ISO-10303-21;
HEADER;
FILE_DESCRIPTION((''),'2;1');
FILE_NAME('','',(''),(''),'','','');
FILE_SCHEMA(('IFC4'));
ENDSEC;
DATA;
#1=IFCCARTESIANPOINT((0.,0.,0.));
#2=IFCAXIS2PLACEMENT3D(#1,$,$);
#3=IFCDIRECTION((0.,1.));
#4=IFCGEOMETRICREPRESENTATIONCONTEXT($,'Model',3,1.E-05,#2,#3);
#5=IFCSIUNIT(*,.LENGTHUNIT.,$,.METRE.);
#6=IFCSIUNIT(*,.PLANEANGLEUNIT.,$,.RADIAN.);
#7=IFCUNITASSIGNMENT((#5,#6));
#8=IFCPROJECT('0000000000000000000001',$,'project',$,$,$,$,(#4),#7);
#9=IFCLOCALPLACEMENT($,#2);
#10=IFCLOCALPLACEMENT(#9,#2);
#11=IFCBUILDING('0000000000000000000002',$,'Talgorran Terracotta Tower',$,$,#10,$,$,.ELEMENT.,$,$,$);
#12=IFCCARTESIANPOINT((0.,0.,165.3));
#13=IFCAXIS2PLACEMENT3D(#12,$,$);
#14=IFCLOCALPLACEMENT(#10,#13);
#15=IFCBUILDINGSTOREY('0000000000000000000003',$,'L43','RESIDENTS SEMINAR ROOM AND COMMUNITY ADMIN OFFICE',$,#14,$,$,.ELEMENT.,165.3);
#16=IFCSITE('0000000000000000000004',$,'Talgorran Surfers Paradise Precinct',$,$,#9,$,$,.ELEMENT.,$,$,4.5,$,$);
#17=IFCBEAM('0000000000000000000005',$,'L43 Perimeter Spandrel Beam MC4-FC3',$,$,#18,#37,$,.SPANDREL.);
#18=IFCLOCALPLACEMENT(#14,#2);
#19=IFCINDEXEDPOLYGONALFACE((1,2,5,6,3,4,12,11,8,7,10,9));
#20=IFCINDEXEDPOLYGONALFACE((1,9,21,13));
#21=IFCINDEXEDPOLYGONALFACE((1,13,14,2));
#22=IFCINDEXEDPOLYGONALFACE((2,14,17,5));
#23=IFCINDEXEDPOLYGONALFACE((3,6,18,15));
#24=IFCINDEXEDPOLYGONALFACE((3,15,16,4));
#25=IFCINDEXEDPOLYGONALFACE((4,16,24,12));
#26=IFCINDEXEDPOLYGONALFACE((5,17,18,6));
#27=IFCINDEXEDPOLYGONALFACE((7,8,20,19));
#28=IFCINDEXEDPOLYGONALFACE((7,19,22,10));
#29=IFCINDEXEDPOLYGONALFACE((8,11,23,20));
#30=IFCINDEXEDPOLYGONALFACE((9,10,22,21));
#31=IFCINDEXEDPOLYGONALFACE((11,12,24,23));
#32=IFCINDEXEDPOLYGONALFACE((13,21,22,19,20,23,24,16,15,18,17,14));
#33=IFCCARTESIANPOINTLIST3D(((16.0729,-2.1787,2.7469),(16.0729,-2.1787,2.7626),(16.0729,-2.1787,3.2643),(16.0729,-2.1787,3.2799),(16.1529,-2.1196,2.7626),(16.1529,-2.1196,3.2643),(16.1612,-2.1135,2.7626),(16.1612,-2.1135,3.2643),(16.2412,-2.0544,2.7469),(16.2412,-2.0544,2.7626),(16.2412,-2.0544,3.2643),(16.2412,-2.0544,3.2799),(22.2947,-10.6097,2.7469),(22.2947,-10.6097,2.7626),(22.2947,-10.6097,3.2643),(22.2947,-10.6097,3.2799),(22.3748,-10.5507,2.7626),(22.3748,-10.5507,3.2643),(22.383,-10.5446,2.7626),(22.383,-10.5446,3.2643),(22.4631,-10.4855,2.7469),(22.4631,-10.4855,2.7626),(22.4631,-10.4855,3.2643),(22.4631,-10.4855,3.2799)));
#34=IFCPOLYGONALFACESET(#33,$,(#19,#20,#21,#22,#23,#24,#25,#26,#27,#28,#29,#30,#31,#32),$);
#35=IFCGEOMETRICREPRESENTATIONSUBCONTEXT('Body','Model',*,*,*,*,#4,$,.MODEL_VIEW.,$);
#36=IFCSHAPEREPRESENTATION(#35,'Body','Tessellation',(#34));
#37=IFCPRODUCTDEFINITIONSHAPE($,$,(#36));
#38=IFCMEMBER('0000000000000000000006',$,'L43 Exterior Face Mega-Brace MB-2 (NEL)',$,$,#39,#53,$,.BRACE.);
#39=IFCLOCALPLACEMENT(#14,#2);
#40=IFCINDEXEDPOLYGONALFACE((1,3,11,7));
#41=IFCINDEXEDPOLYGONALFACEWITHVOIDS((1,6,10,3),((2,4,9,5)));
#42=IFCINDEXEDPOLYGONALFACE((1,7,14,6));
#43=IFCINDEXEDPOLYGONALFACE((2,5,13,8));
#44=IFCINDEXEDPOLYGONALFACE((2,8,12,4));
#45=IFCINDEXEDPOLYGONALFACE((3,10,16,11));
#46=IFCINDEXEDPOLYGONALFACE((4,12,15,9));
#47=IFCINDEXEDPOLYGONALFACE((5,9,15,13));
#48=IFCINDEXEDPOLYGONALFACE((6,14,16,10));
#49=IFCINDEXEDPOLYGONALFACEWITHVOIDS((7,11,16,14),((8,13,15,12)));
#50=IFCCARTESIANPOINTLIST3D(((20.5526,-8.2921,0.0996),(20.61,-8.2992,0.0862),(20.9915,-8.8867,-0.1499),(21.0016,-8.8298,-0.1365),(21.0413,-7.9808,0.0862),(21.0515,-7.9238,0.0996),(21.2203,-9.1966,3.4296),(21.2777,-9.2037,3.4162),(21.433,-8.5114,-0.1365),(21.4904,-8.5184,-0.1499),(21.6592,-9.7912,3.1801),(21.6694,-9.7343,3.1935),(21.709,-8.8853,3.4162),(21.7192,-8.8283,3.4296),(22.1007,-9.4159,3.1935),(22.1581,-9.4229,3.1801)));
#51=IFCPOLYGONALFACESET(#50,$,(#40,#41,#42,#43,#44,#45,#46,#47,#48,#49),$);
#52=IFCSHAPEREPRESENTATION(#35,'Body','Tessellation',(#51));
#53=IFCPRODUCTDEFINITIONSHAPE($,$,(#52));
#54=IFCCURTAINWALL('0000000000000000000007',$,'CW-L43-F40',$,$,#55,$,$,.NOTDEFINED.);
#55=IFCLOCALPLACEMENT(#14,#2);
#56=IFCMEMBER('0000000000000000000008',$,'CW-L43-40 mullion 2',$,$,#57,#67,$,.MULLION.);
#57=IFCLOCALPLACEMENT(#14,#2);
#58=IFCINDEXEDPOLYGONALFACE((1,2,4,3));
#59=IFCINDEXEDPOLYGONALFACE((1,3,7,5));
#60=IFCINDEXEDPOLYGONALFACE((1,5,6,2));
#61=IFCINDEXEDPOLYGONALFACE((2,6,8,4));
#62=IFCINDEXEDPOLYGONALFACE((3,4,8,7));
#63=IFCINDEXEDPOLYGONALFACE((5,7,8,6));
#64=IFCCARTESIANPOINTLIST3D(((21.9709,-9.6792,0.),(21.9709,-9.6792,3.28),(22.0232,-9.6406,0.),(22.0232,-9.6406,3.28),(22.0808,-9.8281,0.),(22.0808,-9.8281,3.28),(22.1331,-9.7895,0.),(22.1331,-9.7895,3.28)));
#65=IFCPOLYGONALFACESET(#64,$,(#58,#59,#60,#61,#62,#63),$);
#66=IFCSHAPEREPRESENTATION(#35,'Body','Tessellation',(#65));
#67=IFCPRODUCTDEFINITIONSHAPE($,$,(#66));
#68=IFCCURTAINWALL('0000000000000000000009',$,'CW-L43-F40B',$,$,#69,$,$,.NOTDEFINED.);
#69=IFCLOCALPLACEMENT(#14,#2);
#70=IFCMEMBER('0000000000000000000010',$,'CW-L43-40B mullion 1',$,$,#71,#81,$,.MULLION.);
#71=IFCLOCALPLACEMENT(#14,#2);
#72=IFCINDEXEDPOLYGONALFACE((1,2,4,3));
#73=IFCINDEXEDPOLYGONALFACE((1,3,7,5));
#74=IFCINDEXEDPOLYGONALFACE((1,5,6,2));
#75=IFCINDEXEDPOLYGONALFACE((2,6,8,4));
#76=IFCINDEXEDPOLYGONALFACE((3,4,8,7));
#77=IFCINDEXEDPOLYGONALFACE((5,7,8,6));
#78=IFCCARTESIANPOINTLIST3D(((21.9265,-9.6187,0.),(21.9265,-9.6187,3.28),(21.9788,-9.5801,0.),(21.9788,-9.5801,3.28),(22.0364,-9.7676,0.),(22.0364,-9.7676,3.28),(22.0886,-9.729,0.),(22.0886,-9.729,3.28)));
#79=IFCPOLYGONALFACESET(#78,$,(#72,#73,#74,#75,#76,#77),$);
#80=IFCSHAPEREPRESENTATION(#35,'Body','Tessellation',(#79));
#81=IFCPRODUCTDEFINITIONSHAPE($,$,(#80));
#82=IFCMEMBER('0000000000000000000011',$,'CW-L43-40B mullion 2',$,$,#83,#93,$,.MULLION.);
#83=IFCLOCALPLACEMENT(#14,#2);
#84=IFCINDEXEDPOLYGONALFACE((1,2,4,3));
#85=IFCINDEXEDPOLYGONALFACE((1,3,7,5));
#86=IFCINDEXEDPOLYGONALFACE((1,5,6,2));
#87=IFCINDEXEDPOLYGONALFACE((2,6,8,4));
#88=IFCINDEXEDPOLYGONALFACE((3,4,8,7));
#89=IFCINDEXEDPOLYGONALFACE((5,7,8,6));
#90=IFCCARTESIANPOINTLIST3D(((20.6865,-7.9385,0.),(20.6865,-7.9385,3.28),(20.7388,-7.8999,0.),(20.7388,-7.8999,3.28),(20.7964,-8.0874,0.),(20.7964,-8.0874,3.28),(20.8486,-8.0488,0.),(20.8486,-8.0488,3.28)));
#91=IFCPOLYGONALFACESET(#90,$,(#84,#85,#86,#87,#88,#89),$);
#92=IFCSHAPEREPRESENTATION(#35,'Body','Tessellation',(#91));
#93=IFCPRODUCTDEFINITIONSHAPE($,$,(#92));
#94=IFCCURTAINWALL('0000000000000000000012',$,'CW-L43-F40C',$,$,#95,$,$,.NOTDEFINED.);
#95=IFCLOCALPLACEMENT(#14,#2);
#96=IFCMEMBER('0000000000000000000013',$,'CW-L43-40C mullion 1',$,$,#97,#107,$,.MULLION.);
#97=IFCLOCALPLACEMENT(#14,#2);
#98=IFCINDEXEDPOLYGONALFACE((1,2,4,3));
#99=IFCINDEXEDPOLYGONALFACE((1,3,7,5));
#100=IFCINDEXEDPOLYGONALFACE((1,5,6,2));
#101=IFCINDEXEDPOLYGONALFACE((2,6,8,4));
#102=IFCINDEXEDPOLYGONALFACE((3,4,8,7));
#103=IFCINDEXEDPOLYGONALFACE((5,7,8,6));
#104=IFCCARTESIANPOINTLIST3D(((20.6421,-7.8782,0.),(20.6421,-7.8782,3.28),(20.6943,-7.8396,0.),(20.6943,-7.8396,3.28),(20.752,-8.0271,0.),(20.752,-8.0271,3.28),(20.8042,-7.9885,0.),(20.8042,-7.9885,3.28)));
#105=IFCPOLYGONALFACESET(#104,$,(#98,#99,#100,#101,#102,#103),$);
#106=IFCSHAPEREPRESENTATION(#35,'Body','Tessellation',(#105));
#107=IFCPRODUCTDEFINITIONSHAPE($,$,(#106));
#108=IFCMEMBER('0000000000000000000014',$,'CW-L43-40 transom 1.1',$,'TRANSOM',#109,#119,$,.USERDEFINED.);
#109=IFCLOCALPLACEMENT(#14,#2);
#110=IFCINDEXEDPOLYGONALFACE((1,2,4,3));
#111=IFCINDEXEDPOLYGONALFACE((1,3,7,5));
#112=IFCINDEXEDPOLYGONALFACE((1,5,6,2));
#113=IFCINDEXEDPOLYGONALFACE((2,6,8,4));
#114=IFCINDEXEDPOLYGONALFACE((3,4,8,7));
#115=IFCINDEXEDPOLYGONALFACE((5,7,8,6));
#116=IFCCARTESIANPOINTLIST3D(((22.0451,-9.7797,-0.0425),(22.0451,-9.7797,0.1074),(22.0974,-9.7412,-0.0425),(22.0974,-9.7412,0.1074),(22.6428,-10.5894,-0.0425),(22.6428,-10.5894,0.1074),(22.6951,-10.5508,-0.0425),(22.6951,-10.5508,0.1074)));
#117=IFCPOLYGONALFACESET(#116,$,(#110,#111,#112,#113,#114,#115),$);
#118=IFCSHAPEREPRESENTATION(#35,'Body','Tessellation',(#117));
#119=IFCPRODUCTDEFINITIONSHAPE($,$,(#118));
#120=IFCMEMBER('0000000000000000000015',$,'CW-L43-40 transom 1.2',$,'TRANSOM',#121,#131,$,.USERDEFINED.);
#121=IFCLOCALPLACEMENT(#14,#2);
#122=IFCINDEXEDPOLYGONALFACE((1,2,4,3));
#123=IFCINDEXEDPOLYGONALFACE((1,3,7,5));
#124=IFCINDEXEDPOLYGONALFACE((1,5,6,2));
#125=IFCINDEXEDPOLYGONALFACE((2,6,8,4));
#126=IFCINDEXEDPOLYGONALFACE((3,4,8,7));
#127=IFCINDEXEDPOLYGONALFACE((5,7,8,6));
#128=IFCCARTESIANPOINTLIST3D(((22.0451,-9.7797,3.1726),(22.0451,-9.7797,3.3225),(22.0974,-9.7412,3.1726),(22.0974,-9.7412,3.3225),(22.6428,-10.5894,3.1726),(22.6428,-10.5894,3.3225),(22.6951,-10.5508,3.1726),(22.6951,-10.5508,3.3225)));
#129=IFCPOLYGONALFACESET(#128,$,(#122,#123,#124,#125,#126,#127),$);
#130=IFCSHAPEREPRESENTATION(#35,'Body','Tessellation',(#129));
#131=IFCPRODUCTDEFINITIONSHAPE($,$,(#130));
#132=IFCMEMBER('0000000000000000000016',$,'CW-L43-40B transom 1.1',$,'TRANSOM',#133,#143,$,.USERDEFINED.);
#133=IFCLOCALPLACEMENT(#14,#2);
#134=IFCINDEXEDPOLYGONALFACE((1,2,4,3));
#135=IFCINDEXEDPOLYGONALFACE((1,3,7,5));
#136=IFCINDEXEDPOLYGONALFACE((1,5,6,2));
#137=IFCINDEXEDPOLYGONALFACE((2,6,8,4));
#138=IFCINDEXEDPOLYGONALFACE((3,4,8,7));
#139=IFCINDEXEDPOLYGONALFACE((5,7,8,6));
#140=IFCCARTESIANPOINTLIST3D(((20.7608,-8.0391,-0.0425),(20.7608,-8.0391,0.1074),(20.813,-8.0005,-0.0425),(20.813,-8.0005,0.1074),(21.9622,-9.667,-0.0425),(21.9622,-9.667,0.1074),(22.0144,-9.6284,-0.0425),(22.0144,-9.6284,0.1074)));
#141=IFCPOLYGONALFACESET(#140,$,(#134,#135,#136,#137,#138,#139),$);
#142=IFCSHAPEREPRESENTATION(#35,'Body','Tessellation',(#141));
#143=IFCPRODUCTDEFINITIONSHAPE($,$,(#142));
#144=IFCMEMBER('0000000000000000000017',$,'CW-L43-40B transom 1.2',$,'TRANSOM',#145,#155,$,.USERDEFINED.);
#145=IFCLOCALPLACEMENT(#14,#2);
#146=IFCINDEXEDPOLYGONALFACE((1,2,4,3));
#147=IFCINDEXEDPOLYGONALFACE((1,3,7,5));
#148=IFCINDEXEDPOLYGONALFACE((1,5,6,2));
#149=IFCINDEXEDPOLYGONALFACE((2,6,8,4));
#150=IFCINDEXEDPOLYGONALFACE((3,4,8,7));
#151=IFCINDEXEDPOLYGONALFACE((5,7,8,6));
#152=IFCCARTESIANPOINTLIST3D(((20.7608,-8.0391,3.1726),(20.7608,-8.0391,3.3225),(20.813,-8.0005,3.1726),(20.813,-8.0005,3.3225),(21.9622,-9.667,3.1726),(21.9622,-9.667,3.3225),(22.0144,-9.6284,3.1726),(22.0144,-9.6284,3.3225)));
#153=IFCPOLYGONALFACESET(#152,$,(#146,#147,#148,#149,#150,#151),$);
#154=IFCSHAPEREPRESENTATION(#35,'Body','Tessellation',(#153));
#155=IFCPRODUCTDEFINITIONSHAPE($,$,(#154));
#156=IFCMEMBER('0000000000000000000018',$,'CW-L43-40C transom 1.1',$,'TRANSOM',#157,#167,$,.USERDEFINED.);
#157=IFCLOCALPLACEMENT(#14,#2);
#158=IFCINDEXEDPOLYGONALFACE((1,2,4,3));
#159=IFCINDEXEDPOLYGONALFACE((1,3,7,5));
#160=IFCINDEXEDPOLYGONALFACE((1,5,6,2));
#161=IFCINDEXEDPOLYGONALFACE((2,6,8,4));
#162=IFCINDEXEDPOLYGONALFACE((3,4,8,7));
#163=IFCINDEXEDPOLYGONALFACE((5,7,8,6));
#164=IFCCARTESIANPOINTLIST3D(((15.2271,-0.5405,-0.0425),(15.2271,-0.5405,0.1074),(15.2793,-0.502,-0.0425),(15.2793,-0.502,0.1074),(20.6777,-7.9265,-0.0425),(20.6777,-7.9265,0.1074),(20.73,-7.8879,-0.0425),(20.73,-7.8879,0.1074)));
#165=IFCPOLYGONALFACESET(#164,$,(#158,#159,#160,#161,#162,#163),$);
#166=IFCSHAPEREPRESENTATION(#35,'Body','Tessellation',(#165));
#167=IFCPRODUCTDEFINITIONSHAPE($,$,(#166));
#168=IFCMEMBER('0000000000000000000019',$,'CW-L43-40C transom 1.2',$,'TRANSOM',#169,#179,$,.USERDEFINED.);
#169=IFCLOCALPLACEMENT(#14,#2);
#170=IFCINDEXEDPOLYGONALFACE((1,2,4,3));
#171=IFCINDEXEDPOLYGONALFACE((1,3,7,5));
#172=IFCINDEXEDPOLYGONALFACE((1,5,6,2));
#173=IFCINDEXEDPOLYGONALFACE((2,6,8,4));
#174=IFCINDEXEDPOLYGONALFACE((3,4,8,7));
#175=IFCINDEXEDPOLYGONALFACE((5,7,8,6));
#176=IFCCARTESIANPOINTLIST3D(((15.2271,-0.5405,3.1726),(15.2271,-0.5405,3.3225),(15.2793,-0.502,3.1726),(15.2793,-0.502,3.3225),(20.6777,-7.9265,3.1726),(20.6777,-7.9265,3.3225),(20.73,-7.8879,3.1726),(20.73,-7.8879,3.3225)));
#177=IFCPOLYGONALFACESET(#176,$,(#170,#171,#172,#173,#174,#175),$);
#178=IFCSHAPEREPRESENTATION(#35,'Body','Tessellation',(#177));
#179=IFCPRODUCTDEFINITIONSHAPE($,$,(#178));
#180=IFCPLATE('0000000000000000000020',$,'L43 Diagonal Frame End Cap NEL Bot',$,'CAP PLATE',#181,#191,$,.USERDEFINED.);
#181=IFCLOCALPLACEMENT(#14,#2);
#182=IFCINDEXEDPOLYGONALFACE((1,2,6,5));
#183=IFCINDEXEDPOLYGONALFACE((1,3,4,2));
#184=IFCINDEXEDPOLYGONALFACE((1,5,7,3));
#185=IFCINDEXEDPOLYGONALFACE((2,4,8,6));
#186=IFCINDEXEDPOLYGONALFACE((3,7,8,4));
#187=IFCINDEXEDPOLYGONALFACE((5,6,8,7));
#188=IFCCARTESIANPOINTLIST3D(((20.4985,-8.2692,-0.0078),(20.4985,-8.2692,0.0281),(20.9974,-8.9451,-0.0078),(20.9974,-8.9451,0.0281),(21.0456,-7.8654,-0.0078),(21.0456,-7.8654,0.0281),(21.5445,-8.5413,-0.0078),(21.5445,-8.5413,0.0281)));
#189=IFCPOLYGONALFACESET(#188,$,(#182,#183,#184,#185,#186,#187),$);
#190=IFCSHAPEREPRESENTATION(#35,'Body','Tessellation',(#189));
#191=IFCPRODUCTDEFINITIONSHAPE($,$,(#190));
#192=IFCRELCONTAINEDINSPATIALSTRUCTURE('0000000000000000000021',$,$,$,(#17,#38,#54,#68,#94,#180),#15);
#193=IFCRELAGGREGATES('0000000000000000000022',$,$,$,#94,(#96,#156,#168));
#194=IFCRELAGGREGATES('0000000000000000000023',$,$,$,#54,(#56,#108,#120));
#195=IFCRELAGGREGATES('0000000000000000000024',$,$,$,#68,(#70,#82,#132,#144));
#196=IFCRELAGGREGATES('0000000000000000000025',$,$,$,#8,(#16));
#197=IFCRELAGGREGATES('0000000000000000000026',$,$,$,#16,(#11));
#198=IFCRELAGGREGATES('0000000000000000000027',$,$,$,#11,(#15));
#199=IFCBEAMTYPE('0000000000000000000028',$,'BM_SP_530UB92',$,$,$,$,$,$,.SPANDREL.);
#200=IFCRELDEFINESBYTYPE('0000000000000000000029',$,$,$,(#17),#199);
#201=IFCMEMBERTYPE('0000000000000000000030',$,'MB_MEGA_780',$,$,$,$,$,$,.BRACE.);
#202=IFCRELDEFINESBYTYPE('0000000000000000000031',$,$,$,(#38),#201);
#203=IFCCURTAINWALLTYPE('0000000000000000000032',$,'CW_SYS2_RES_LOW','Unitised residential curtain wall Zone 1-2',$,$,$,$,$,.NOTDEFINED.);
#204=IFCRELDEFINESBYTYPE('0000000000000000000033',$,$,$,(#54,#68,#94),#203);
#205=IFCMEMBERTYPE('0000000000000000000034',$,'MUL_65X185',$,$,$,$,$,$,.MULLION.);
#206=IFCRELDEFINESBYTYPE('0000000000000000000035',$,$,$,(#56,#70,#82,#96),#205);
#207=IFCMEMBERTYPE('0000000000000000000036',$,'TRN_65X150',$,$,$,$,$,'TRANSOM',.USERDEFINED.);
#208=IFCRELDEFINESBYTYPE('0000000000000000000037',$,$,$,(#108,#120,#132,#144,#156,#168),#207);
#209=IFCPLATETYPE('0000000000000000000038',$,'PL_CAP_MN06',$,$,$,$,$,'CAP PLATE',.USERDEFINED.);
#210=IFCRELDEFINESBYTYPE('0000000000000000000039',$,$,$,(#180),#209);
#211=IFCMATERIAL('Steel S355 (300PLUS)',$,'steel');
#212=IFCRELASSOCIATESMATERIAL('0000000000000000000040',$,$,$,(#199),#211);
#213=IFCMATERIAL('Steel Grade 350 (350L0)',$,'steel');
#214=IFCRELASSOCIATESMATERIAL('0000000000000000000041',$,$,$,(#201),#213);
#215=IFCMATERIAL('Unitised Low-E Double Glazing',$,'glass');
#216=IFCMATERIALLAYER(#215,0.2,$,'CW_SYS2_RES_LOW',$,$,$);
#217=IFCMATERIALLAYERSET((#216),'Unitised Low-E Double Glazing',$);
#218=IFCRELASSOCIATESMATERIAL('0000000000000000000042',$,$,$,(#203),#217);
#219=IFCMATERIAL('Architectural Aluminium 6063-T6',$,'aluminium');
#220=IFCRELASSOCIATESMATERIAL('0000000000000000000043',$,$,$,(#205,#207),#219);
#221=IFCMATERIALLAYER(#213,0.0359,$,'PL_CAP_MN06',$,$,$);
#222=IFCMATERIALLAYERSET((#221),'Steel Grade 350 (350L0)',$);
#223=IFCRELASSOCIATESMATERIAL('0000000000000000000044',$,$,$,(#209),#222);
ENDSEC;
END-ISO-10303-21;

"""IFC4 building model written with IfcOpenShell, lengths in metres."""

from ifc_helpers import new_model, si_unit, direction, frame, origin, origin_2d, place, context, subcontext, project, spatial, rectangle, hollow_rectangle, i_section, extrude, material, layer, layer_set, material_profile, profile_set, type_object, element, aggregate, save


model = new_model("IFC4")

# Units and contexts
model_context = context("Model", 3, precision=1e-05, world=origin(), true_north=direction((0.0, 1.0)))
body_context = subcontext(model_context, "Body", "Model", "MODEL_VIEW")
ifc_project = project(units=[si_unit("LENGTHUNIT", "METRE"), si_unit("PLANEANGLEUNIT", "RADIAN")], contexts=[model_context])

# Site, building, storey
site_placement = place(None, origin())
site = spatial("IfcSite", under=ifc_project, at=site_placement, Name="Talgorran Surfers Paradise Precinct", CompositionType="ELEMENT", RefElevation=4.5)
building_placement = place(site_placement, origin())
building = spatial("IfcBuilding", under=site, at=building_placement, Name="Talgorran Terracotta Tower", CompositionType="ELEMENT")
storey_placement = place(building_placement, frame((0.0, 0.0, 165.3)))
storey = spatial("IfcBuildingStorey", under=building, at=storey_placement, Name="L43", Description="RESIDENTS SEMINAR ROOM AND COMMUNITY ADMIN OFFICE", CompositionType="ELEMENT", Elevation=165.3)

# Beam
ifc_material_1 = material(Name="Steel S355 (300PLUS)", Category="steel")
ifc_material_profile_1 = material_profile(ifc_material_1, i_section(OverallWidth=0.2092, OverallDepth=0.533, WebThickness=0.0103, FlangeThickness=0.0156, at=origin_2d()), Name="530UB92.4")
ifc_profile_set_1 = profile_set([ifc_material_profile_1], Name="Steel S355 (300PLUS)")
beam_type = type_object("IfcBeamType", Name="BM_SP_530UB92", PredefinedType="SPANDREL", material=ifc_profile_set_1)
beam_placement = place(storey_placement, frame((22.3789, -10.5476, 3.0134), z_axis=(-0.593786, 0.804623, 0.0), x_axis=(-0.804623, -0.593786, 0.0)))
element("IfcBeam", 1, at=beam_placement, inside=storey, type_object=beam_type, Name="L43 Perimeter Spandrel Beam MC4-FC3", PredefinedType="SPANDREL", context=body_context, shape_type="SweptSolid", body=[
    extrude(i_section(OverallWidth=0.2092, OverallDepth=0.533, WebThickness=0.0103, FlangeThickness=0.0156, at=origin_2d()), origin(), (0.0, 0.0, 1.0), 10.4783),
])

# Member
ifc_material_2 = material(Name="Steel Grade 350 (350L0)", Category="steel")
ifc_material_profile_2 = material_profile(ifc_material_2, hollow_rectangle(XDim=0.6201, YDim=0.78, WallThickness=0.042, at=origin_2d()), Name="WBOX780X620X42")
ifc_profile_set_2 = profile_set([ifc_material_profile_2], Name="Steel Grade 350 (350L0)")
member_type_1 = type_object("IfcMemberType", Name="MB_MEGA_780", PredefinedType="BRACE", material=ifc_profile_set_2)
member_1_placement = place(storey_placement, frame((21.0215, -8.4053, -0.0251), z_axis=(0.189978, -0.257356, 0.947458), x_axis=(0.804537, 0.593902, 0.0)))
element("IfcMember", 2, at=member_1_placement, inside=storey, type_object=member_type_1, Name="L43 Exterior Face Mega-Brace MB-2 (NEL)", PredefinedType="BRACE", context=body_context, shape_type="SweptSolid", body=[
    extrude(hollow_rectangle(XDim=0.6201, YDim=0.78, WallThickness=0.042, at=origin_2d()), origin(), (0.0, 0.0, 1.0), 3.5146),
])

# Curtain wall, member
ifc_material_3 = material(Name="Unitised Low-E Double Glazing", Category="glass")
ifc_layer_1 = layer(ifc_material_3, 0.2, Name="CW_SYS2_RES_LOW")
ifc_layer_set_1 = layer_set([ifc_layer_1], Name="Unitised Low-E Double Glazing")
curtain_wall_type = type_object("IfcCurtainWallType", Name="CW_SYS2_RES_LOW", Description="Unitised residential curtain wall Zone 1-2", PredefinedType="NOTDEFINED", material=ifc_layer_set_1)
curtain_wall_1_placement = place(storey_placement, origin())
curtain_wall_1 = element("IfcCurtainWall", 3, at=curtain_wall_1_placement, inside=storey, type_object=curtain_wall_type, Name="CW-L43-F40", PredefinedType="NOTDEFINED")
ifc_material_4 = material(Name="Architectural Aluminium 6063-T6", Category="aluminium")
ifc_material_profile_3 = material_profile(ifc_material_4, rectangle(XDim=0.0649, YDim=0.1851, at=origin_2d()), Name="CWM65X185")
ifc_profile_set_3 = profile_set([ifc_material_profile_3], Name="Architectural Aluminium 6063-T6")
member_type_2 = type_object("IfcMemberType", Name="MUL_65X185", PredefinedType="MULLION", material=ifc_profile_set_3)
member_2_placement = place(storey_placement, frame((22.052, -9.7344, 0.0), z_axis=(0.0, 0.0, 1.0), x_axis=(-0.804602, -0.593814, 0.0)))
member_2 = element("IfcMember", 4, at=member_2_placement, type_object=member_type_2, Name="CW-L43-40 mullion 2", PredefinedType="MULLION", context=body_context, shape_type="SweptSolid", body=[
    extrude(rectangle(XDim=0.0649, YDim=0.1851, at=origin_2d()), origin(), (0.0, 0.0, 1.0), 3.28),
])

# Curtain wall, members
curtain_wall_2_placement = place(storey_placement, origin())
curtain_wall_2 = element("IfcCurtainWall", 5, at=curtain_wall_2_placement, inside=storey, type_object=curtain_wall_type, Name="CW-L43-F40B", PredefinedType="NOTDEFINED")
member_3_placement = place(storey_placement, frame((22.0076, -9.6738, 0.0), z_axis=(0.0, 0.0, 1.0), x_axis=(-0.804624, -0.593785, 0.0)))
member_3 = element("IfcMember", 6, at=member_3_placement, type_object=member_type_2, Name="CW-L43-40B mullion 1", PredefinedType="MULLION", context=body_context, shape_type="SweptSolid", body=[
    extrude(rectangle(XDim=0.0649, YDim=0.1851, at=origin_2d()), origin(), (0.0, 0.0, 1.0), 3.28),
])
member_4_placement = place(storey_placement, frame((20.7676, -7.9937, 0.0), z_axis=(0.0, 0.0, 1.0), x_axis=(-0.804624, -0.593785, 0.0)))
member_4 = element("IfcMember", 7, at=member_4_placement, type_object=member_type_2, Name="CW-L43-40B mullion 2", PredefinedType="MULLION", context=body_context, shape_type="SweptSolid", body=[
    extrude(rectangle(XDim=0.0649, YDim=0.1851, at=origin_2d()), origin(), (0.0, 0.0, 1.0), 3.28),
])

# Curtain wall, member
curtain_wall_3_placement = place(storey_placement, origin())
curtain_wall_3 = element("IfcCurtainWall", 8, at=curtain_wall_3_placement, inside=storey, type_object=curtain_wall_type, Name="CW-L43-F40C", PredefinedType="NOTDEFINED")
member_5_placement = place(storey_placement, frame((20.7231, -7.9333, 0.0), z_axis=(0.0, 0.0, 1.0), x_axis=(-0.804619, -0.593791, 0.0)))
member_5 = element("IfcMember", 9, at=member_5_placement, type_object=member_type_2, Name="CW-L43-40C mullion 1", PredefinedType="MULLION", context=body_context, shape_type="SweptSolid", body=[
    extrude(rectangle(XDim=0.0649, YDim=0.1851, at=origin_2d()), origin(), (0.0, 0.0, 1.0), 3.28),
])

# Members
ifc_material_profile_4 = material_profile(ifc_material_4, rectangle(XDim=0.0649, YDim=0.1499, at=origin_2d()), Name="CWT65X150")
ifc_profile_set_4 = profile_set([ifc_material_profile_4], Name="Architectural Aluminium 6063-T6")
member_type_3 = type_object("IfcMemberType", Name="TRN_65X150", ElementType="TRANSOM", PredefinedType="USERDEFINED", material=ifc_profile_set_4)
member_6_placement = place(storey_placement, frame((22.6689, -10.5701, 0.0325), z_axis=(-0.593927, 0.804519, 0.0), x_axis=(-0.804519, -0.593927, 0.0)))
member_6 = element("IfcMember", 10, at=member_6_placement, type_object=member_type_3, Name="CW-L43-40 transom 1.1", ObjectType="TRANSOM", PredefinedType="USERDEFINED", context=body_context, shape_type="SweptSolid", body=[
    extrude(rectangle(XDim=0.0649, YDim=0.1499, at=origin_2d()), origin(), (0.0, 0.0, 1.0), 1.0063),
])
member_7_placement = place(storey_placement, frame((22.6689, -10.5701, 3.2476), z_axis=(-0.593927, 0.804519, 0.0), x_axis=(-0.804519, -0.593927, 0.0)))
member_7 = element("IfcMember", 11, at=member_7_placement, type_object=member_type_3, Name="CW-L43-40 transom 1.2", ObjectType="TRANSOM", PredefinedType="USERDEFINED", context=body_context, shape_type="SweptSolid", body=[
    extrude(rectangle(XDim=0.0649, YDim=0.1499, at=origin_2d()), origin(), (0.0, 0.0, 1.0), 1.0063),
])
member_8_placement = place(storey_placement, frame((21.9883, -9.6477, 0.0325), z_axis=(-0.593804, 0.80461, 0.0), x_axis=(-0.80461, -0.593804, 0.0)))
member_8 = element("IfcMember", 12, at=member_8_placement, type_object=member_type_3, Name="CW-L43-40B transom 1.1", ObjectType="TRANSOM", PredefinedType="USERDEFINED", context=body_context, shape_type="SweptSolid", body=[
    extrude(rectangle(XDim=0.0649, YDim=0.1499, at=origin_2d()), origin(), (0.0, 0.0, 1.0), 2.0232),
])
member_9_placement = place(storey_placement, frame((21.9883, -9.6477, 3.2476), z_axis=(-0.593804, 0.80461, 0.0), x_axis=(-0.80461, -0.593804, 0.0)))
member_9 = element("IfcMember", 13, at=member_9_placement, type_object=member_type_3, Name="CW-L43-40B transom 1.2", ObjectType="TRANSOM", PredefinedType="USERDEFINED", context=body_context, shape_type="SweptSolid", body=[
    extrude(rectangle(XDim=0.0649, YDim=0.1499, at=origin_2d()), origin(), (0.0, 0.0, 1.0), 2.0232),
])
member_10_placement = place(storey_placement, frame((20.7039, -7.9072, 0.0325), z_axis=(-0.59379, 0.80462, 0.0), x_axis=(-0.80462, -0.59379, 0.0)))
member_10 = element("IfcMember", 14, at=member_10_placement, type_object=member_type_3, Name="CW-L43-40C transom 1.1", ObjectType="TRANSOM", PredefinedType="USERDEFINED", context=body_context, shape_type="SweptSolid", body=[
    extrude(rectangle(XDim=0.0649, YDim=0.1499, at=origin_2d()), origin(), (0.0, 0.0, 1.0), 9.1794),
])
member_11_placement = place(storey_placement, frame((20.7039, -7.9072, 3.2476), z_axis=(-0.59379, 0.80462, 0.0), x_axis=(-0.80462, -0.59379, 0.0)))
member_11 = element("IfcMember", 15, at=member_11_placement, type_object=member_type_3, Name="CW-L43-40C transom 1.2", ObjectType="TRANSOM", PredefinedType="USERDEFINED", context=body_context, shape_type="SweptSolid", body=[
    extrude(rectangle(XDim=0.0649, YDim=0.1499, at=origin_2d()), origin(), (0.0, 0.0, 1.0), 9.1794),
])
aggregate(curtain_wall_3, [member_5, member_10, member_11])

# Plate
ifc_layer_2 = layer(ifc_material_2, 0.0359, Name="PL_CAP_MN06")
ifc_layer_set_2 = layer_set([ifc_layer_2], Name="Steel Grade 350 (350L0)")
plate_type_1 = type_object("IfcPlateType", Name="PL_CAP_MN06", ElementType="CAP PLATE", PredefinedType="USERDEFINED", material=ifc_layer_set_2)
plate_1_placement = place(storey_placement, frame((21.0215, -8.4053, -0.0078), z_axis=(0.0, 0.0, 1.0), x_axis=(0.59384, -0.804583, 0.0)))
element("IfcPlate", 16, at=plate_1_placement, inside=storey, type_object=plate_type_1, Name="L43 Diagonal Frame End Cap NEL Bot", ObjectType="CAP PLATE", PredefinedType="USERDEFINED", context=body_context, shape_type="SweptSolid", body=[
    extrude(rectangle(XDim=0.8401, YDim=0.6799, at=origin_2d()), origin(), (0.0, 0.0, 1.0), 0.0359),
])

aggregate(curtain_wall_1, [member_2, member_6, member_7])
aggregate(curtain_wall_2, [member_3, member_4, member_8, member_9])

save(model, "model.ifc")
